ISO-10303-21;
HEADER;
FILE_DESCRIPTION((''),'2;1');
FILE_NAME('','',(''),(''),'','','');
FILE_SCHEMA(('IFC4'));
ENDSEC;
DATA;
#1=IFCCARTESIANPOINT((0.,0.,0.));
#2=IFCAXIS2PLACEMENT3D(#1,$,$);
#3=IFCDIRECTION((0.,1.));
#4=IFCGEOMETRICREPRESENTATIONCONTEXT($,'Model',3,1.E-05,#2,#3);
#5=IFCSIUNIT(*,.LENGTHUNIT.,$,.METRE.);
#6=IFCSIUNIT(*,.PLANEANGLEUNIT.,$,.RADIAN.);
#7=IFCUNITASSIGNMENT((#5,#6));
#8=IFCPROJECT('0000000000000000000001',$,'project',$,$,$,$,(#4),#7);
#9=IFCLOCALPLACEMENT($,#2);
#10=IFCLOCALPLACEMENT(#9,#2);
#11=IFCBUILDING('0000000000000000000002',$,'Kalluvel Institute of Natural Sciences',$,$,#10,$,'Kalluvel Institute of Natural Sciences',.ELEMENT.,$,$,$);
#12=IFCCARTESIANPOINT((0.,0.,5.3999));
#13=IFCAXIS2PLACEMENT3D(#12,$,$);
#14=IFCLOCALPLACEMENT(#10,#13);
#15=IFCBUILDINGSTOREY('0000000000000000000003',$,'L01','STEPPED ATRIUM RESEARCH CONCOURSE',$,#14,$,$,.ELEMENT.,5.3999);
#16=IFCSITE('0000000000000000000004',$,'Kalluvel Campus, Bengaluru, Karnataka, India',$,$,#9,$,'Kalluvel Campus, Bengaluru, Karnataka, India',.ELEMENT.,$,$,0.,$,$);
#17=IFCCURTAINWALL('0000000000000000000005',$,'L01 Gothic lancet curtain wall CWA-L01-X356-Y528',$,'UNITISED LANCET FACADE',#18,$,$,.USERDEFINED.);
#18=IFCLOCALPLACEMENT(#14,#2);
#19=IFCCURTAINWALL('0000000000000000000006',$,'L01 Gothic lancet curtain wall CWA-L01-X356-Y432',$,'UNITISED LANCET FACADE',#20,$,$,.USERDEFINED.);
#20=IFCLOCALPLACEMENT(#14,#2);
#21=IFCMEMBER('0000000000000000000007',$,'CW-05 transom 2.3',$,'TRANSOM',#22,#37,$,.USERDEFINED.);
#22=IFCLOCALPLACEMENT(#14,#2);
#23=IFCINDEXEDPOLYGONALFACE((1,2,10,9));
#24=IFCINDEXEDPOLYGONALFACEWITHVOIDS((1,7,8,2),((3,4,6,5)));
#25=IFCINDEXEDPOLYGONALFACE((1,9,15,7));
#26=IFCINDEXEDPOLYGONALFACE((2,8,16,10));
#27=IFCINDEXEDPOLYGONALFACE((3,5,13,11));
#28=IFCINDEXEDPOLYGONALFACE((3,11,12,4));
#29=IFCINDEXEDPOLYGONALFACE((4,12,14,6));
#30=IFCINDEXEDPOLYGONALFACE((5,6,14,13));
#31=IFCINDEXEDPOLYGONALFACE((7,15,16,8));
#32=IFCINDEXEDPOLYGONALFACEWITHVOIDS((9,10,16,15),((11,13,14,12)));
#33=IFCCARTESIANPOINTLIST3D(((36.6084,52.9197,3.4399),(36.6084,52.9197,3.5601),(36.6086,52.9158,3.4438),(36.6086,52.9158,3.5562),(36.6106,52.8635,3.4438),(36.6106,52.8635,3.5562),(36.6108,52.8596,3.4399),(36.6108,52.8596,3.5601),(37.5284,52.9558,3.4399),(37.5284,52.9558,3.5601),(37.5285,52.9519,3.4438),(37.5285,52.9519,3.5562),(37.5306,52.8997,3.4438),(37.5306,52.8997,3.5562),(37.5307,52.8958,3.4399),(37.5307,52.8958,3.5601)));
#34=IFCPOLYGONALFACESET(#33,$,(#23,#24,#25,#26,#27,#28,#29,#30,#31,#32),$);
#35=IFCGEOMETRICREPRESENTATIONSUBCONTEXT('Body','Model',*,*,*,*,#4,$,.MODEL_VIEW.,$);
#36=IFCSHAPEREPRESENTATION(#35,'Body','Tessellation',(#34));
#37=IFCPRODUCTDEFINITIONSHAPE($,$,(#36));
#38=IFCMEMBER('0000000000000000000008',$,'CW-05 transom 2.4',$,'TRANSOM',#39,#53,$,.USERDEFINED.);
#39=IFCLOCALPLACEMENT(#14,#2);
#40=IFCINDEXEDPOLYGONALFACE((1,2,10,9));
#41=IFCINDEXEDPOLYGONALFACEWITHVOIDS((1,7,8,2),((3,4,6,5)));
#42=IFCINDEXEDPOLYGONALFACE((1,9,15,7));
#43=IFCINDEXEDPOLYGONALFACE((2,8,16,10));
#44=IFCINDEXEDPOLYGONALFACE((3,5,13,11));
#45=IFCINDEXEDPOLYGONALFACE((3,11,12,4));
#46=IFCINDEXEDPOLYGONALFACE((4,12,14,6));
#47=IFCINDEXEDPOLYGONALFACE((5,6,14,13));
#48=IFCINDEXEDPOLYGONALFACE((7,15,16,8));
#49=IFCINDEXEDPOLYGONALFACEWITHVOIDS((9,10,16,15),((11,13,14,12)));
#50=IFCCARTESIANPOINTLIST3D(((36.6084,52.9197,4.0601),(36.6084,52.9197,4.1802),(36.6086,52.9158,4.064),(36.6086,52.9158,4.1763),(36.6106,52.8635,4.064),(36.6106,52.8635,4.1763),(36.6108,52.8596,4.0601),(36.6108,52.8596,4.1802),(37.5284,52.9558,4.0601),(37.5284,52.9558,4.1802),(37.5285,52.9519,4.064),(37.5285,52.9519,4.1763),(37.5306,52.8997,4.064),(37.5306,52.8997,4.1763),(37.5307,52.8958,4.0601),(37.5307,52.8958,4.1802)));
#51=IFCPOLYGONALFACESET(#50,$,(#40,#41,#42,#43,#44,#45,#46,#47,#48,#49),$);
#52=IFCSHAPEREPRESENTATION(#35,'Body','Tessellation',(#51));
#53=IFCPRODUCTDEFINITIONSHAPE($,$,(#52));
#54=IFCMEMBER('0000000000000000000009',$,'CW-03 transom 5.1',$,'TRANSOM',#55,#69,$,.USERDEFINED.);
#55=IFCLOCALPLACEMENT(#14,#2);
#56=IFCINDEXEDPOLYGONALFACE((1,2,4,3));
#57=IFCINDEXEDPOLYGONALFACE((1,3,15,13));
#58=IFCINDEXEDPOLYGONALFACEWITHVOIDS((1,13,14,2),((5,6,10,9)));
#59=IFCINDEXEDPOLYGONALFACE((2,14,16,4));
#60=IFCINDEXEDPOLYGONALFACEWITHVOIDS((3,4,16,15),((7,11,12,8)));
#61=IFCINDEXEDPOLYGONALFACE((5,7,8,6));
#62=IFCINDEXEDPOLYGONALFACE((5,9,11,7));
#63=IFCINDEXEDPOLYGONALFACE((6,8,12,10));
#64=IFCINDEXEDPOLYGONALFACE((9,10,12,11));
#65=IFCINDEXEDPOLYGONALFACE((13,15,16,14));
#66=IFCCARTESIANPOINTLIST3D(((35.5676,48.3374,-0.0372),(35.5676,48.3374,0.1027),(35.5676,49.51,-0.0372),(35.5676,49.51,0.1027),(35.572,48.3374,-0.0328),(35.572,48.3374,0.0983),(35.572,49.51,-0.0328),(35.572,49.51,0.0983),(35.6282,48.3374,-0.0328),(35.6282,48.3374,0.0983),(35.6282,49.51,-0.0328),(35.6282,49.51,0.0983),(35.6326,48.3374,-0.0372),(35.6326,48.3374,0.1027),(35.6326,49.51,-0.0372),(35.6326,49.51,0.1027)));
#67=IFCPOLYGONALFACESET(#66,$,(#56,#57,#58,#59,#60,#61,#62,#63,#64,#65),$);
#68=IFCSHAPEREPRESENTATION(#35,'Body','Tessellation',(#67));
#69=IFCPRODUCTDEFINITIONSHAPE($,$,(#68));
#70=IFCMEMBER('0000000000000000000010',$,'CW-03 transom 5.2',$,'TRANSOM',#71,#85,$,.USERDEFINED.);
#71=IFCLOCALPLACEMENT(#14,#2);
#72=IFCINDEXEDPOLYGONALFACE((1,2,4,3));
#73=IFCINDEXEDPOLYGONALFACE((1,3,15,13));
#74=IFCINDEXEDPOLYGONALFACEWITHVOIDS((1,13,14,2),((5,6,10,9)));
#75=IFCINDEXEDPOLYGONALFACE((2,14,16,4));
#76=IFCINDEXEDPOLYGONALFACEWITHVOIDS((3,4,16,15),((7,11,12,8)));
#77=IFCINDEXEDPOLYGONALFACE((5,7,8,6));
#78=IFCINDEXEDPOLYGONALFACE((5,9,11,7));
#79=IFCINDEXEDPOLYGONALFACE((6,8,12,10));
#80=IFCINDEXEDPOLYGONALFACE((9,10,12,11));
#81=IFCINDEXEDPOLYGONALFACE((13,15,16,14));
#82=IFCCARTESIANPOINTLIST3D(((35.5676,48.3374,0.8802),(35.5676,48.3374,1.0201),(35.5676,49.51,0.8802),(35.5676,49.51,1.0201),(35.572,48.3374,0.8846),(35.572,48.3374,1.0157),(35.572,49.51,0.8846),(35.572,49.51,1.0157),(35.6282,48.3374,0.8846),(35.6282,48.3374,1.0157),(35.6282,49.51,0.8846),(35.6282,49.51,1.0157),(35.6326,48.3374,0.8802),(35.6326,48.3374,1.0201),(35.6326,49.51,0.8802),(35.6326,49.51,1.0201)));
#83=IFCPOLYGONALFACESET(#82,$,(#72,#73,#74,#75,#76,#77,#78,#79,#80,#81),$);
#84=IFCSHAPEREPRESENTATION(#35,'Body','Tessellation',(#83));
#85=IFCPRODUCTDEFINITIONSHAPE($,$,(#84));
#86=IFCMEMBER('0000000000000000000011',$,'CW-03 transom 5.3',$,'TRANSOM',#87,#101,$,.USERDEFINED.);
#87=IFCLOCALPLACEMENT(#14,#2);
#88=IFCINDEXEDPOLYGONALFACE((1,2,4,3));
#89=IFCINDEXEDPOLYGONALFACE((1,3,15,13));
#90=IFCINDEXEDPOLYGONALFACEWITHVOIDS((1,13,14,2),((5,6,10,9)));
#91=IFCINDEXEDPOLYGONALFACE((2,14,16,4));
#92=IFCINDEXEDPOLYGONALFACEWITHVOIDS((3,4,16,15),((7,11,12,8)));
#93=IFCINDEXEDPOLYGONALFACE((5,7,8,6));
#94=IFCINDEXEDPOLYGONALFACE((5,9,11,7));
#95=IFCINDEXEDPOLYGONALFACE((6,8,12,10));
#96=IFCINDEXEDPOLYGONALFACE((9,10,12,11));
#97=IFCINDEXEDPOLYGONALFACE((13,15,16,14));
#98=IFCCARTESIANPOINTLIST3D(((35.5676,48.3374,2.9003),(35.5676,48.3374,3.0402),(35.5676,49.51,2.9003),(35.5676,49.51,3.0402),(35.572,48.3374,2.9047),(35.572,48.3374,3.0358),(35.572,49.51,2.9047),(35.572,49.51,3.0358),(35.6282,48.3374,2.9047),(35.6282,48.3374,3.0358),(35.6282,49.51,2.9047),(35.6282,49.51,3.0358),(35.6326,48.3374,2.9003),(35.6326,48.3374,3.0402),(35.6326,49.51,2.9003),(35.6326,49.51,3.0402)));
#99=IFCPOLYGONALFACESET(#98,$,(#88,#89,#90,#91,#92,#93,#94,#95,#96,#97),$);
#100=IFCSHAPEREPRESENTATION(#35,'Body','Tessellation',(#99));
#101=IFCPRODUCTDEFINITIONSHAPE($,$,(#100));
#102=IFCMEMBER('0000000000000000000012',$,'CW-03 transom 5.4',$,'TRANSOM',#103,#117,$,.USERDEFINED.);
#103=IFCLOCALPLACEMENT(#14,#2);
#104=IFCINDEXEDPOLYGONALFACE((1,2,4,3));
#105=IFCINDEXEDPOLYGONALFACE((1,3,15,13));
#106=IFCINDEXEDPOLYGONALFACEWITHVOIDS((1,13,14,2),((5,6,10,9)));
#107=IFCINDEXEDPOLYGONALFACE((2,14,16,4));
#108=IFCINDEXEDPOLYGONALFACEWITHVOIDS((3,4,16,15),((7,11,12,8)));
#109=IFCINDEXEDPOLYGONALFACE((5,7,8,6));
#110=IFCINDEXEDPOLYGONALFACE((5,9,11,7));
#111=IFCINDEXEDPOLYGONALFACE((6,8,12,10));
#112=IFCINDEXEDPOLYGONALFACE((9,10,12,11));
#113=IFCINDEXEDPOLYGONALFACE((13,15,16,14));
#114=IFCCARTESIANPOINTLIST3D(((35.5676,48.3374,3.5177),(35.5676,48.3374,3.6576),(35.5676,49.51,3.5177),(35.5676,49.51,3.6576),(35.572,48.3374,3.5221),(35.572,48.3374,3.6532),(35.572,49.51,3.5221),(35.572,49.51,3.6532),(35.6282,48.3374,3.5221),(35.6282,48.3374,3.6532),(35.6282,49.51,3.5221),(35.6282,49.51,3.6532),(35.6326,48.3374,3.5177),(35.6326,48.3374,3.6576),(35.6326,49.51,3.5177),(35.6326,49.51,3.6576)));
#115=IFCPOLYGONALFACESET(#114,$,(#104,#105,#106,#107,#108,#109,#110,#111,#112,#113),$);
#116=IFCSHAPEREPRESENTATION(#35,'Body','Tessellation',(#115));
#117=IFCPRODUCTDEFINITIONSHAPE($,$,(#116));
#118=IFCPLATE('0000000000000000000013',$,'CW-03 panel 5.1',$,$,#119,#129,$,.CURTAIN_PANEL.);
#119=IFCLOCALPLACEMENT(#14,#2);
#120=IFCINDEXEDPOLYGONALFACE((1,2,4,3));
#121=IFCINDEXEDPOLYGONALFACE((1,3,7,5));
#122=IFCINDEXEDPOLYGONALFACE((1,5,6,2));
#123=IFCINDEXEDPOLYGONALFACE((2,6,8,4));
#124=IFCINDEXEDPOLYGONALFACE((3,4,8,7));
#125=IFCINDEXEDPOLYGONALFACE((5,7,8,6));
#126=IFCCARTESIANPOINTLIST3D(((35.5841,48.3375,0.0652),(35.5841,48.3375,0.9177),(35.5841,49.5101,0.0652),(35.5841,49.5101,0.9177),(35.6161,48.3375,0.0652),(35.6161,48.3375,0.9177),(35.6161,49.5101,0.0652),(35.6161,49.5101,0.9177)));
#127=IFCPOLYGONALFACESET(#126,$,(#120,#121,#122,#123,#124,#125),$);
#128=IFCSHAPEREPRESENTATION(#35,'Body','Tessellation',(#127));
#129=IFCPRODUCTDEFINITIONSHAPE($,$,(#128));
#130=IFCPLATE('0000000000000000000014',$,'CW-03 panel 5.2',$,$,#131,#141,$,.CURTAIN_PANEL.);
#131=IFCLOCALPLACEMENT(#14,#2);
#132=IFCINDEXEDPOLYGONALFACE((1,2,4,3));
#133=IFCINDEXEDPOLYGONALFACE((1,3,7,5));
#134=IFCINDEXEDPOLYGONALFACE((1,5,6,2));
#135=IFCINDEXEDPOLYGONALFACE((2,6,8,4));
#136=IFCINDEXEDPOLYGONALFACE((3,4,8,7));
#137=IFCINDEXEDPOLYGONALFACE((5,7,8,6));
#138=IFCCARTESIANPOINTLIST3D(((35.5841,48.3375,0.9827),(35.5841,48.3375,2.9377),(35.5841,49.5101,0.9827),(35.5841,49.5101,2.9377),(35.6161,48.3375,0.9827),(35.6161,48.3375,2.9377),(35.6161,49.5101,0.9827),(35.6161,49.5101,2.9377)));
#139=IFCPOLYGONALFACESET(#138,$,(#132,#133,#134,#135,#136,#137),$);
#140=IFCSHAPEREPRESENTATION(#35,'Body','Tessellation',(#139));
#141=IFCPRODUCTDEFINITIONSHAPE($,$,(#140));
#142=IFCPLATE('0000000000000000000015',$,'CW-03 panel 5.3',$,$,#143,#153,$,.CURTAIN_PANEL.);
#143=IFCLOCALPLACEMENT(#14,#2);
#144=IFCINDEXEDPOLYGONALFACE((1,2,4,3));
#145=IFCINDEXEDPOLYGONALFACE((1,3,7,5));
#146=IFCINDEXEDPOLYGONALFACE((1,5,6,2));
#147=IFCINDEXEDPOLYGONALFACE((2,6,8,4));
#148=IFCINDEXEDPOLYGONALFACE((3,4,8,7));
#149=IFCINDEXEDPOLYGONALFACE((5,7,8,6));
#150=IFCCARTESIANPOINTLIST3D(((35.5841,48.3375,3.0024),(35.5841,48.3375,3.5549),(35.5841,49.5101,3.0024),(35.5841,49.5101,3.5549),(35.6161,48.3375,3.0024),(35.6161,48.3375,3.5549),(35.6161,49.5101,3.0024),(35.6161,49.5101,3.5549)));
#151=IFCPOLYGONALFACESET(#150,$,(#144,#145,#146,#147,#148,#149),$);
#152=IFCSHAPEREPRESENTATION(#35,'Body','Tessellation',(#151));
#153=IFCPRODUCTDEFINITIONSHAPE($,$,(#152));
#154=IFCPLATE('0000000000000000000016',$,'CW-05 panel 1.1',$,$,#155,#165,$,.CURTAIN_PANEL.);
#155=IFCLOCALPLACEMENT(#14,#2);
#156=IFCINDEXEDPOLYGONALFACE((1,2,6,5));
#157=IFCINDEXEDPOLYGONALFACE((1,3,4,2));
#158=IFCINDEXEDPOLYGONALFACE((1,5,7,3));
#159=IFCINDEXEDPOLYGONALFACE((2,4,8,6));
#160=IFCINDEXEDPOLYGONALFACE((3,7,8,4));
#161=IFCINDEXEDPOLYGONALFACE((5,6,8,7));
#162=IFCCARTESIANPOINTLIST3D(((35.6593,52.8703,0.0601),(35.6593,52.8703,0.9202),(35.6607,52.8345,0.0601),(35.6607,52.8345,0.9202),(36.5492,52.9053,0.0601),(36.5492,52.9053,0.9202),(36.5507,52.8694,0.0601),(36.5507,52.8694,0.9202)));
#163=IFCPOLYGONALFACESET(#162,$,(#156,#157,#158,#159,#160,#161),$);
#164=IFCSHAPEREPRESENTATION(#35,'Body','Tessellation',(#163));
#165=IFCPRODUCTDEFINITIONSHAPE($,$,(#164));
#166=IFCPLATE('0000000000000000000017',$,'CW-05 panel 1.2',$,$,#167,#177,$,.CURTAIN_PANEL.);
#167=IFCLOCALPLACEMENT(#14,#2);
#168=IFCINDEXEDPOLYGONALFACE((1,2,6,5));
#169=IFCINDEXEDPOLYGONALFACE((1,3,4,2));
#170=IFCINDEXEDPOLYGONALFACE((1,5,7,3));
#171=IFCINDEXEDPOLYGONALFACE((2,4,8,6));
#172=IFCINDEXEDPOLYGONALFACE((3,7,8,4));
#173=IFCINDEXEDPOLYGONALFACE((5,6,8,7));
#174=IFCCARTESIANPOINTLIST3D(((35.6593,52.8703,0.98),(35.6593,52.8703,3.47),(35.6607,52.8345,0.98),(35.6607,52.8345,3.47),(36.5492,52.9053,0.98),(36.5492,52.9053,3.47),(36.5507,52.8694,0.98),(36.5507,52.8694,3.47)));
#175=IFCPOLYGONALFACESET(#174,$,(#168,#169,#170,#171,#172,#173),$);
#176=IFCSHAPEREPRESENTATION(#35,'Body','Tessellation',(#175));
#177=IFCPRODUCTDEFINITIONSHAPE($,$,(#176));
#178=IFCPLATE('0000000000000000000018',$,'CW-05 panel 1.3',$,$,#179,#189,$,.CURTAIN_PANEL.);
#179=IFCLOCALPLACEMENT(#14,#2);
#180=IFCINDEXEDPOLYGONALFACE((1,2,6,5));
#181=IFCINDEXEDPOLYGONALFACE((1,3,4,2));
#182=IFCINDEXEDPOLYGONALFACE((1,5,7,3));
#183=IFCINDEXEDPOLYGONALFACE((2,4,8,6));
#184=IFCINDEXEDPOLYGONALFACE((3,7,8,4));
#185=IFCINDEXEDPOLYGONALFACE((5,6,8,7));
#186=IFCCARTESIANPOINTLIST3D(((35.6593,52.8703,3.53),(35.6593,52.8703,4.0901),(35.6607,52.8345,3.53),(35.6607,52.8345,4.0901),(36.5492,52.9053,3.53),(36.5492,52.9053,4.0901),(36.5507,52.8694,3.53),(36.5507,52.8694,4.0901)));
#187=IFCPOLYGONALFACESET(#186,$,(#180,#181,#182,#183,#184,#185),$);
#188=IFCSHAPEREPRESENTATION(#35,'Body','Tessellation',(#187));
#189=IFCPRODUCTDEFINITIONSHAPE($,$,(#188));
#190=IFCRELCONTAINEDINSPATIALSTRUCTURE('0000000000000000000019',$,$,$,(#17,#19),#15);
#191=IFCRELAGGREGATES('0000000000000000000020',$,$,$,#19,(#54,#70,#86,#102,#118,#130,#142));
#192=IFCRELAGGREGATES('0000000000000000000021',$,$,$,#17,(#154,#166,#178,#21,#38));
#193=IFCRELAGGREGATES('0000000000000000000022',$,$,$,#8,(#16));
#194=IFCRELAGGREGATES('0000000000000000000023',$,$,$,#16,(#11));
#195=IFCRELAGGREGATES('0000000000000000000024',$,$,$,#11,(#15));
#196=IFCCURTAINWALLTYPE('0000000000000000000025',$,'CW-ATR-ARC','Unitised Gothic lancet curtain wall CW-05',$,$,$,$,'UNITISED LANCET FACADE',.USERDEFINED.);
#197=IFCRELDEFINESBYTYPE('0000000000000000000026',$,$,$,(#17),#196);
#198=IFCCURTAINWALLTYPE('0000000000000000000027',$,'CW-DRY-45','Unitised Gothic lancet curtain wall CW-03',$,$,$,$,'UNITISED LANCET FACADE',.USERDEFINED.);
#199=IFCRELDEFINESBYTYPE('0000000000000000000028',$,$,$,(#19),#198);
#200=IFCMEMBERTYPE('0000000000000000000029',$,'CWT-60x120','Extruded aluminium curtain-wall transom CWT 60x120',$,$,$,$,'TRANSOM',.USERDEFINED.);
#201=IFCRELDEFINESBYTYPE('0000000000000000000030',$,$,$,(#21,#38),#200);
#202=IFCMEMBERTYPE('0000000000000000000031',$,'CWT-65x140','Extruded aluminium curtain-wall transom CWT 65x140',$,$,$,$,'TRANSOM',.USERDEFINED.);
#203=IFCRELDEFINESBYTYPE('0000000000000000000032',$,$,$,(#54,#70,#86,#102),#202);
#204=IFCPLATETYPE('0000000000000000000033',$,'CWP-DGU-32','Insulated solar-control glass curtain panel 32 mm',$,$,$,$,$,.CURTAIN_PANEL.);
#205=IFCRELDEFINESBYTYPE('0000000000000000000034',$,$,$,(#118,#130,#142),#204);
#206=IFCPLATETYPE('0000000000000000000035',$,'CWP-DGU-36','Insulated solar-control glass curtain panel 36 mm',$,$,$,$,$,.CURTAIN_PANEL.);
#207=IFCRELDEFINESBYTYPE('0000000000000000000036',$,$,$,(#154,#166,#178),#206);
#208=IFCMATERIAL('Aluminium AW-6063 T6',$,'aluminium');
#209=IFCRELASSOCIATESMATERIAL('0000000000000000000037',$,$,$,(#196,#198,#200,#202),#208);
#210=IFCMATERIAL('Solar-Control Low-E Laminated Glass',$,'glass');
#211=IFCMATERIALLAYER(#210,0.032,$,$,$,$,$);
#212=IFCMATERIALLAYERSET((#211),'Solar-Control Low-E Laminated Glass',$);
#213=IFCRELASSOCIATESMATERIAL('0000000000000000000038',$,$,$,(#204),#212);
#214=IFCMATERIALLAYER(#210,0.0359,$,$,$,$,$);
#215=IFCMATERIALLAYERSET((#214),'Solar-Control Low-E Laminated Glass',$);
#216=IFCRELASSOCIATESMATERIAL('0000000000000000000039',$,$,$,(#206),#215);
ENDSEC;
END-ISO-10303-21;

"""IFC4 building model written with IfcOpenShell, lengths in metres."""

from ifc_helpers import new_model, si_unit, direction, frame, origin, origin_2d, place, context, subcontext, project, spatial, rectangle, hollow_rectangle, extrude, material, layer, layer_set, material_profile, profile_set, type_object, element, aggregate, save


model = new_model("IFC4")

# Units and contexts
model_context = context("Model", 3, precision=1e-05, world=origin(), true_north=direction((0.0, 1.0)))
body_context = subcontext(model_context, "Body", "Model", "MODEL_VIEW")
ifc_project = project(units=[si_unit("LENGTHUNIT", "METRE"), si_unit("PLANEANGLEUNIT", "RADIAN")], contexts=[model_context])

# Site, building, storey
site_placement = place(None, origin())
site = spatial("IfcSite", under=ifc_project, at=site_placement, Name="Kalluvel Campus, Bengaluru, Karnataka, India", LongName="Kalluvel Campus, Bengaluru, Karnataka, India", CompositionType="ELEMENT", RefElevation=0.0)
building_placement = place(site_placement, origin())
building = spatial("IfcBuilding", under=site, at=building_placement, Name="Kalluvel Institute of Natural Sciences", LongName="Kalluvel Institute of Natural Sciences", CompositionType="ELEMENT")
storey_placement = place(building_placement, frame((0.0, 0.0, 5.3999)))
storey = spatial("IfcBuildingStorey", under=building, at=storey_placement, Name="L01", Description="STEPPED ATRIUM RESEARCH CONCOURSE", CompositionType="ELEMENT", Elevation=5.3999)

# Curtain wall
ifc_material_1 = material(Name="Aluminium AW-6063 T6", Category="aluminium")
curtain_wall_type_1 = type_object("IfcCurtainWallType", Name="CW-ATR-ARC", Description="Unitised Gothic lancet curtain wall CW-05", ElementType="UNITISED LANCET FACADE", PredefinedType="USERDEFINED", material=ifc_material_1)
curtain_wall_1_placement = place(storey_placement, origin())
curtain_wall_1 = element("IfcCurtainWall", 1, at=curtain_wall_1_placement, inside=storey, type_object=curtain_wall_type_1, Name="L01 Gothic lancet curtain wall CWA-L01-X356-Y528", ObjectType="UNITISED LANCET FACADE", PredefinedType="USERDEFINED")

# Curtain wall
curtain_wall_type_2 = type_object("IfcCurtainWallType", Name="CW-DRY-45", Description="Unitised Gothic lancet curtain wall CW-03", ElementType="UNITISED LANCET FACADE", PredefinedType="USERDEFINED", material=ifc_material_1)
curtain_wall_2_placement = place(storey_placement, origin())
curtain_wall_2 = element("IfcCurtainWall", 2, at=curtain_wall_2_placement, inside=storey, type_object=curtain_wall_type_2, Name="L01 Gothic lancet curtain wall CWA-L01-X356-Y432", ObjectType="UNITISED LANCET FACADE", PredefinedType="USERDEFINED")

# Members
ifc_material_profile_1 = material_profile(ifc_material_1, hollow_rectangle(XDim=0.0601, YDim=0.1201, WallThickness=0.0039, at=origin_2d()), Name="CWT 60x120")
ifc_profile_set_1 = profile_set([ifc_material_profile_1], Name="Aluminium AW-6063 T6")
member_type_1 = type_object("IfcMemberType", Name="CWT-60x120", Description="Extruded aluminium curtain-wall transom CWT 60x120", ElementType="TRANSOM", PredefinedType="USERDEFINED", material=ifc_profile_set_1)
member_1_placement = place(storey_placement, frame((36.6096, 52.8896, 3.5), z_axis=(0.99923, 0.039248, 0.0), x_axis=(-0.039248, 0.99923, 0.0)))
member_1 = element("IfcMember", 3, at=member_1_placement, type_object=member_type_1, Name="CW-05 transom 2.3", ObjectType="TRANSOM", PredefinedType="USERDEFINED", context=body_context, shape_type="SweptSolid", body=[
    extrude(hollow_rectangle(XDim=0.0601, YDim=0.1201, WallThickness=0.0039, at=origin_2d()), origin(), (0.0, 0.0, 1.0), 0.9207),
])
member_2_placement = place(storey_placement, frame((36.6096, 52.8896, 4.1201), z_axis=(0.99923, 0.039248, 0.0), x_axis=(-0.039248, 0.99923, 0.0)))
member_2 = element("IfcMember", 4, at=member_2_placement, type_object=member_type_1, Name="CW-05 transom 2.4", ObjectType="TRANSOM", PredefinedType="USERDEFINED", context=body_context, shape_type="SweptSolid", body=[
    extrude(hollow_rectangle(XDim=0.0601, YDim=0.1201, WallThickness=0.0039, at=origin_2d()), origin(), (0.0, 0.0, 1.0), 0.9207),
])
ifc_material_profile_2 = material_profile(ifc_material_1, hollow_rectangle(XDim=0.0649, YDim=0.1399, WallThickness=0.0044, at=origin_2d()), Name="CWT 65x140")
ifc_profile_set_2 = profile_set([ifc_material_profile_2], Name="Aluminium AW-6063 T6")
member_type_2 = type_object("IfcMemberType", Name="CWT-65x140", Description="Extruded aluminium curtain-wall transom CWT 65x140", ElementType="TRANSOM", PredefinedType="USERDEFINED", material=ifc_profile_set_2)
member_3_placement = place(storey_placement, frame((35.6001, 48.3374, 0.0327), z_axis=(0.0, 1.0, 0.0), x_axis=(-1.0, 0.0, 0.0)))
member_3 = element("IfcMember", 5, at=member_3_placement, type_object=member_type_2, Name="CW-03 transom 5.1", ObjectType="TRANSOM", PredefinedType="USERDEFINED", context=body_context, shape_type="SweptSolid", body=[
    extrude(hollow_rectangle(XDim=0.0649, YDim=0.1399, WallThickness=0.0044, at=origin_2d()), origin(), (0.0, 0.0, 1.0), 1.1726),
])
member_4_placement = place(storey_placement, frame((35.6001, 48.3374, 0.9502), z_axis=(0.0, 1.0, 0.0), x_axis=(-1.0, 0.0, 0.0)))
member_4 = element("IfcMember", 6, at=member_4_placement, type_object=member_type_2, Name="CW-03 transom 5.2", ObjectType="TRANSOM", PredefinedType="USERDEFINED", context=body_context, shape_type="SweptSolid", body=[
    extrude(hollow_rectangle(XDim=0.0649, YDim=0.1399, WallThickness=0.0044, at=origin_2d()), origin(), (0.0, 0.0, 1.0), 1.1726),
])
member_5_placement = place(storey_placement, frame((35.6001, 48.3374, 2.9702), z_axis=(0.0, 1.0, 0.0), x_axis=(-1.0, 0.0, 0.0)))
member_5 = element("IfcMember", 7, at=member_5_placement, type_object=member_type_2, Name="CW-03 transom 5.3", ObjectType="TRANSOM", PredefinedType="USERDEFINED", context=body_context, shape_type="SweptSolid", body=[
    extrude(hollow_rectangle(XDim=0.0649, YDim=0.1399, WallThickness=0.0044, at=origin_2d()), origin(), (0.0, 0.0, 1.0), 1.1726),
])
member_6_placement = place(storey_placement, frame((35.6001, 48.3374, 3.5876), z_axis=(0.0, 1.0, 0.0), x_axis=(-1.0, 0.0, 0.0)))
member_6 = element("IfcMember", 8, at=member_6_placement, type_object=member_type_2, Name="CW-03 transom 5.4", ObjectType="TRANSOM", PredefinedType="USERDEFINED", context=body_context, shape_type="SweptSolid", body=[
    extrude(hollow_rectangle(XDim=0.0649, YDim=0.1399, WallThickness=0.0044, at=origin_2d()), origin(), (0.0, 0.0, 1.0), 1.1726),
])

# Plates
ifc_material_2 = material(Name="Solar-Control Low-E Laminated Glass", Category="glass")
ifc_layer_1 = layer(ifc_material_2, 0.032)
ifc_layer_set_1 = layer_set([ifc_layer_1], Name="Solar-Control Low-E Laminated Glass")
plate_type_1 = type_object("IfcPlateType", Name="CWP-DGU-32", Description="Insulated solar-control glass curtain panel 32 mm", PredefinedType="CURTAIN_PANEL", material=ifc_layer_set_1)
plate_1_placement = place(storey_placement, frame((35.6001, 48.9238, 0.0652), z_axis=(0.0, 0.0, 1.0), x_axis=(0.0, 1.0, 0.0)))
plate_1 = element("IfcPlate", 9, at=plate_1_placement, type_object=plate_type_1, Name="CW-03 panel 5.1", PredefinedType="CURTAIN_PANEL", context=body_context, shape_type="SweptSolid", body=[
    extrude(rectangle(XDim=1.1726, YDim=0.032, at=origin_2d()), origin(), (0.0, 0.0, 1.0), 0.8525),
])
plate_2_placement = place(storey_placement, frame((35.6001, 48.9238, 0.9827), z_axis=(0.0, 0.0, 1.0), x_axis=(0.0, 1.0, 0.0)))
plate_2 = element("IfcPlate", 10, at=plate_2_placement, type_object=plate_type_1, Name="CW-03 panel 5.2", PredefinedType="CURTAIN_PANEL", context=body_context, shape_type="SweptSolid", body=[
    extrude(rectangle(XDim=1.1726, YDim=0.032, at=origin_2d()), origin(), (0.0, 0.0, 1.0), 1.9551),
])
plate_3_placement = place(storey_placement, frame((35.6001, 48.9238, 3.0024), z_axis=(0.0, 0.0, 1.0), x_axis=(0.0, 1.0, 0.0)))
plate_3 = element("IfcPlate", 11, at=plate_3_placement, type_object=plate_type_1, Name="CW-03 panel 5.3", PredefinedType="CURTAIN_PANEL", context=body_context, shape_type="SweptSolid", body=[
    extrude(rectangle(XDim=1.1726, YDim=0.032, at=origin_2d()), origin(), (0.0, 0.0, 1.0), 0.5525),
])
aggregate(curtain_wall_2, [member_3, member_4, member_5, member_6, plate_1, plate_2, plate_3])
ifc_layer_2 = layer(ifc_material_2, 0.0359)
ifc_layer_set_2 = layer_set([ifc_layer_2], Name="Solar-Control Low-E Laminated Glass")
plate_type_2 = type_object("IfcPlateType", Name="CWP-DGU-36", Description="Insulated solar-control glass curtain panel 36 mm", PredefinedType="CURTAIN_PANEL", material=ifc_layer_set_2)
plate_4_placement = place(storey_placement, frame((36.105, 52.8699, 0.0601), z_axis=(0.0, 0.0, 1.0), x_axis=(0.999229, 0.039265, 0.0)))
plate_4 = element("IfcPlate", 12, at=plate_4_placement, type_object=plate_type_2, Name="CW-05 panel 1.1", PredefinedType="CURTAIN_PANEL", context=body_context, shape_type="SweptSolid", body=[
    extrude(rectangle(XDim=0.8906, YDim=0.0359, at=origin_2d()), origin(), (0.0, 0.0, 1.0), 0.8601),
])
plate_5_placement = place(storey_placement, frame((36.105, 52.8699, 0.98), z_axis=(0.0, 0.0, 1.0), x_axis=(0.999229, 0.039265, 0.0)))
plate_5 = element("IfcPlate", 13, at=plate_5_placement, type_object=plate_type_2, Name="CW-05 panel 1.2", PredefinedType="CURTAIN_PANEL", context=body_context, shape_type="SweptSolid", body=[
    extrude(rectangle(XDim=0.8906, YDim=0.0359, at=origin_2d()), origin(), (0.0, 0.0, 1.0), 2.49),
])
plate_6_placement = place(storey_placement, frame((36.105, 52.8699, 3.53), z_axis=(0.0, 0.0, 1.0), x_axis=(0.999229, 0.039265, 0.0)))
plate_6 = element("IfcPlate", 14, at=plate_6_placement, type_object=plate_type_2, Name="CW-05 panel 1.3", PredefinedType="CURTAIN_PANEL", context=body_context, shape_type="SweptSolid", body=[
    extrude(rectangle(XDim=0.8906, YDim=0.0359, at=origin_2d()), origin(), (0.0, 0.0, 1.0), 0.5601),
])
aggregate(curtain_wall_1, [plate_4, plate_5, plate_6, member_1, member_2])

save(model, "model.ifc")
